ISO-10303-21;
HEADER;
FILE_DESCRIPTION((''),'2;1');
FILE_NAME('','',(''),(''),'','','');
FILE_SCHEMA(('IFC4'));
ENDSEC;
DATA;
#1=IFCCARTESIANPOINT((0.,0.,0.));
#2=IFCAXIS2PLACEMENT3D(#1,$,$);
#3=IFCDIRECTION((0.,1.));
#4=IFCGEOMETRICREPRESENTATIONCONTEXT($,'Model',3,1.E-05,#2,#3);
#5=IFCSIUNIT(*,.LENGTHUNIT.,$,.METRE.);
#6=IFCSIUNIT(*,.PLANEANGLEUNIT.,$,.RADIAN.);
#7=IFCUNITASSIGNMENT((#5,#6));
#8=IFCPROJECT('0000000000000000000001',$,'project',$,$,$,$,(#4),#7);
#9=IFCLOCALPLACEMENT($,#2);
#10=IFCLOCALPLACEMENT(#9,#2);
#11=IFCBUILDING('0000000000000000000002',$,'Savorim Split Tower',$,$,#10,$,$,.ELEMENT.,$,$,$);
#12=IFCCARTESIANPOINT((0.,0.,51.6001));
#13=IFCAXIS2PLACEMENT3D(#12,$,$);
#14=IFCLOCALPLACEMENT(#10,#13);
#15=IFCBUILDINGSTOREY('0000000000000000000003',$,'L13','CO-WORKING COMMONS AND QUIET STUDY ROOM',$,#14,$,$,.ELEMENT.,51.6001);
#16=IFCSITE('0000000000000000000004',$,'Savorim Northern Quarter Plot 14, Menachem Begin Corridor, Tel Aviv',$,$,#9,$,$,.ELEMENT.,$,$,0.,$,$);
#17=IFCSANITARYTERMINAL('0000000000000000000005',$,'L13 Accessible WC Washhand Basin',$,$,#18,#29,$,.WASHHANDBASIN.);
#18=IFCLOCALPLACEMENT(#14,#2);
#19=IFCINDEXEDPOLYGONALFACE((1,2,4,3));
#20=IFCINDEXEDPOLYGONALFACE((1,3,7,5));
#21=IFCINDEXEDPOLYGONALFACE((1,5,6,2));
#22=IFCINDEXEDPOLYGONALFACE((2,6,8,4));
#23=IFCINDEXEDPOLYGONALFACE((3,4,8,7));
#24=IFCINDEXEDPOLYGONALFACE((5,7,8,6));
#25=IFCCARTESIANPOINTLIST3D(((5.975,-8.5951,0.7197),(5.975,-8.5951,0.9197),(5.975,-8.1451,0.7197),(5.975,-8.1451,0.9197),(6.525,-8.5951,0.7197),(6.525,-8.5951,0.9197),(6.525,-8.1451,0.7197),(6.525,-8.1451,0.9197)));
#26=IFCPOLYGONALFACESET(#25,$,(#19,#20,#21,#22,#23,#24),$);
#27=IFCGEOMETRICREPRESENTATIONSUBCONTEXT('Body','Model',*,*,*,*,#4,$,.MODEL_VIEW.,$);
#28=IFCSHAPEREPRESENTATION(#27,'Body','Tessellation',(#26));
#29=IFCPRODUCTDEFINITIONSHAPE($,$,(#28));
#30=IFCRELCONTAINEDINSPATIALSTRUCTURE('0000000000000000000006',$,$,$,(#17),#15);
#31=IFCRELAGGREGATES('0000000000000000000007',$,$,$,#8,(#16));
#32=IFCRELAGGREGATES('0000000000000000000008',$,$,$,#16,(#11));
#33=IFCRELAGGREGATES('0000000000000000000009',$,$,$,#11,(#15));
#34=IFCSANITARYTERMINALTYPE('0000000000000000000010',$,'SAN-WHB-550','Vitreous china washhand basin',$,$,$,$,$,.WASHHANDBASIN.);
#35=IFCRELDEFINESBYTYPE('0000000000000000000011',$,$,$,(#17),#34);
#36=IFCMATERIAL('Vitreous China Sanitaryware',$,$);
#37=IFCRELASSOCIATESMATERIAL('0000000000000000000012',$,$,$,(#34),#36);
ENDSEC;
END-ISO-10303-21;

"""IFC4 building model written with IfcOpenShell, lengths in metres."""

from ifc_helpers import new_model, si_unit, direction, frame, origin, origin_2d, place, context, subcontext, project, spatial, rectangle, extrude, material, type_object, element, save


model = new_model("IFC4")

# Units and contexts
model_context = context("Model", 3, precision=1e-05, world=origin(), true_north=direction((0.0, 1.0)))
body_context = subcontext(model_context, "Body", "Model", "MODEL_VIEW")
ifc_project = project(units=[si_unit("LENGTHUNIT", "METRE"), si_unit("PLANEANGLEUNIT", "RADIAN")], contexts=[model_context])

# Site, building, storey
site_placement = place(None, origin())
site = spatial("IfcSite", under=ifc_project, at=site_placement, Name="Savorim Northern Quarter Plot 14, Menachem Begin Corridor, Tel Aviv", CompositionType="ELEMENT", RefElevation=0.0)
building_placement = place(site_placement, origin())
building = spatial("IfcBuilding", under=site, at=building_placement, Name="Savorim Split Tower", CompositionType="ELEMENT")
storey_placement = place(building_placement, frame((0.0, 0.0, 51.6001)))
storey = spatial("IfcBuildingStorey", under=building, at=storey_placement, Name="L13", Description="CO-WORKING COMMONS AND QUIET STUDY ROOM", CompositionType="ELEMENT", Elevation=51.6001)

# Sanitary terminal
ifc_material_1 = material(Name="Vitreous China Sanitaryware")
sanitary_terminal_type_1 = type_object("IfcSanitaryTerminalType", Name="SAN-WHB-550", Description="Vitreous china washhand basin", PredefinedType="WASHHANDBASIN", material=ifc_material_1)
sanitary_terminal_1_placement = place(storey_placement, frame((6.25, -8.3701, 0.7197), z_axis=(0.0, 0.0, 1.0), x_axis=(1.0, 0.0, 0.0)))
element("IfcSanitaryTerminal", 1, at=sanitary_terminal_1_placement, inside=storey, type_object=sanitary_terminal_type_1, Name="L13 Accessible WC Washhand Basin", PredefinedType="WASHHANDBASIN", context=body_context, shape_type="SweptSolid", body=[
    extrude(rectangle(XDim=0.55, YDim=0.45, at=origin_2d()), origin(), (0.0, 0.0, 1.0), 0.2),
])

save(model, "model.ifc")
